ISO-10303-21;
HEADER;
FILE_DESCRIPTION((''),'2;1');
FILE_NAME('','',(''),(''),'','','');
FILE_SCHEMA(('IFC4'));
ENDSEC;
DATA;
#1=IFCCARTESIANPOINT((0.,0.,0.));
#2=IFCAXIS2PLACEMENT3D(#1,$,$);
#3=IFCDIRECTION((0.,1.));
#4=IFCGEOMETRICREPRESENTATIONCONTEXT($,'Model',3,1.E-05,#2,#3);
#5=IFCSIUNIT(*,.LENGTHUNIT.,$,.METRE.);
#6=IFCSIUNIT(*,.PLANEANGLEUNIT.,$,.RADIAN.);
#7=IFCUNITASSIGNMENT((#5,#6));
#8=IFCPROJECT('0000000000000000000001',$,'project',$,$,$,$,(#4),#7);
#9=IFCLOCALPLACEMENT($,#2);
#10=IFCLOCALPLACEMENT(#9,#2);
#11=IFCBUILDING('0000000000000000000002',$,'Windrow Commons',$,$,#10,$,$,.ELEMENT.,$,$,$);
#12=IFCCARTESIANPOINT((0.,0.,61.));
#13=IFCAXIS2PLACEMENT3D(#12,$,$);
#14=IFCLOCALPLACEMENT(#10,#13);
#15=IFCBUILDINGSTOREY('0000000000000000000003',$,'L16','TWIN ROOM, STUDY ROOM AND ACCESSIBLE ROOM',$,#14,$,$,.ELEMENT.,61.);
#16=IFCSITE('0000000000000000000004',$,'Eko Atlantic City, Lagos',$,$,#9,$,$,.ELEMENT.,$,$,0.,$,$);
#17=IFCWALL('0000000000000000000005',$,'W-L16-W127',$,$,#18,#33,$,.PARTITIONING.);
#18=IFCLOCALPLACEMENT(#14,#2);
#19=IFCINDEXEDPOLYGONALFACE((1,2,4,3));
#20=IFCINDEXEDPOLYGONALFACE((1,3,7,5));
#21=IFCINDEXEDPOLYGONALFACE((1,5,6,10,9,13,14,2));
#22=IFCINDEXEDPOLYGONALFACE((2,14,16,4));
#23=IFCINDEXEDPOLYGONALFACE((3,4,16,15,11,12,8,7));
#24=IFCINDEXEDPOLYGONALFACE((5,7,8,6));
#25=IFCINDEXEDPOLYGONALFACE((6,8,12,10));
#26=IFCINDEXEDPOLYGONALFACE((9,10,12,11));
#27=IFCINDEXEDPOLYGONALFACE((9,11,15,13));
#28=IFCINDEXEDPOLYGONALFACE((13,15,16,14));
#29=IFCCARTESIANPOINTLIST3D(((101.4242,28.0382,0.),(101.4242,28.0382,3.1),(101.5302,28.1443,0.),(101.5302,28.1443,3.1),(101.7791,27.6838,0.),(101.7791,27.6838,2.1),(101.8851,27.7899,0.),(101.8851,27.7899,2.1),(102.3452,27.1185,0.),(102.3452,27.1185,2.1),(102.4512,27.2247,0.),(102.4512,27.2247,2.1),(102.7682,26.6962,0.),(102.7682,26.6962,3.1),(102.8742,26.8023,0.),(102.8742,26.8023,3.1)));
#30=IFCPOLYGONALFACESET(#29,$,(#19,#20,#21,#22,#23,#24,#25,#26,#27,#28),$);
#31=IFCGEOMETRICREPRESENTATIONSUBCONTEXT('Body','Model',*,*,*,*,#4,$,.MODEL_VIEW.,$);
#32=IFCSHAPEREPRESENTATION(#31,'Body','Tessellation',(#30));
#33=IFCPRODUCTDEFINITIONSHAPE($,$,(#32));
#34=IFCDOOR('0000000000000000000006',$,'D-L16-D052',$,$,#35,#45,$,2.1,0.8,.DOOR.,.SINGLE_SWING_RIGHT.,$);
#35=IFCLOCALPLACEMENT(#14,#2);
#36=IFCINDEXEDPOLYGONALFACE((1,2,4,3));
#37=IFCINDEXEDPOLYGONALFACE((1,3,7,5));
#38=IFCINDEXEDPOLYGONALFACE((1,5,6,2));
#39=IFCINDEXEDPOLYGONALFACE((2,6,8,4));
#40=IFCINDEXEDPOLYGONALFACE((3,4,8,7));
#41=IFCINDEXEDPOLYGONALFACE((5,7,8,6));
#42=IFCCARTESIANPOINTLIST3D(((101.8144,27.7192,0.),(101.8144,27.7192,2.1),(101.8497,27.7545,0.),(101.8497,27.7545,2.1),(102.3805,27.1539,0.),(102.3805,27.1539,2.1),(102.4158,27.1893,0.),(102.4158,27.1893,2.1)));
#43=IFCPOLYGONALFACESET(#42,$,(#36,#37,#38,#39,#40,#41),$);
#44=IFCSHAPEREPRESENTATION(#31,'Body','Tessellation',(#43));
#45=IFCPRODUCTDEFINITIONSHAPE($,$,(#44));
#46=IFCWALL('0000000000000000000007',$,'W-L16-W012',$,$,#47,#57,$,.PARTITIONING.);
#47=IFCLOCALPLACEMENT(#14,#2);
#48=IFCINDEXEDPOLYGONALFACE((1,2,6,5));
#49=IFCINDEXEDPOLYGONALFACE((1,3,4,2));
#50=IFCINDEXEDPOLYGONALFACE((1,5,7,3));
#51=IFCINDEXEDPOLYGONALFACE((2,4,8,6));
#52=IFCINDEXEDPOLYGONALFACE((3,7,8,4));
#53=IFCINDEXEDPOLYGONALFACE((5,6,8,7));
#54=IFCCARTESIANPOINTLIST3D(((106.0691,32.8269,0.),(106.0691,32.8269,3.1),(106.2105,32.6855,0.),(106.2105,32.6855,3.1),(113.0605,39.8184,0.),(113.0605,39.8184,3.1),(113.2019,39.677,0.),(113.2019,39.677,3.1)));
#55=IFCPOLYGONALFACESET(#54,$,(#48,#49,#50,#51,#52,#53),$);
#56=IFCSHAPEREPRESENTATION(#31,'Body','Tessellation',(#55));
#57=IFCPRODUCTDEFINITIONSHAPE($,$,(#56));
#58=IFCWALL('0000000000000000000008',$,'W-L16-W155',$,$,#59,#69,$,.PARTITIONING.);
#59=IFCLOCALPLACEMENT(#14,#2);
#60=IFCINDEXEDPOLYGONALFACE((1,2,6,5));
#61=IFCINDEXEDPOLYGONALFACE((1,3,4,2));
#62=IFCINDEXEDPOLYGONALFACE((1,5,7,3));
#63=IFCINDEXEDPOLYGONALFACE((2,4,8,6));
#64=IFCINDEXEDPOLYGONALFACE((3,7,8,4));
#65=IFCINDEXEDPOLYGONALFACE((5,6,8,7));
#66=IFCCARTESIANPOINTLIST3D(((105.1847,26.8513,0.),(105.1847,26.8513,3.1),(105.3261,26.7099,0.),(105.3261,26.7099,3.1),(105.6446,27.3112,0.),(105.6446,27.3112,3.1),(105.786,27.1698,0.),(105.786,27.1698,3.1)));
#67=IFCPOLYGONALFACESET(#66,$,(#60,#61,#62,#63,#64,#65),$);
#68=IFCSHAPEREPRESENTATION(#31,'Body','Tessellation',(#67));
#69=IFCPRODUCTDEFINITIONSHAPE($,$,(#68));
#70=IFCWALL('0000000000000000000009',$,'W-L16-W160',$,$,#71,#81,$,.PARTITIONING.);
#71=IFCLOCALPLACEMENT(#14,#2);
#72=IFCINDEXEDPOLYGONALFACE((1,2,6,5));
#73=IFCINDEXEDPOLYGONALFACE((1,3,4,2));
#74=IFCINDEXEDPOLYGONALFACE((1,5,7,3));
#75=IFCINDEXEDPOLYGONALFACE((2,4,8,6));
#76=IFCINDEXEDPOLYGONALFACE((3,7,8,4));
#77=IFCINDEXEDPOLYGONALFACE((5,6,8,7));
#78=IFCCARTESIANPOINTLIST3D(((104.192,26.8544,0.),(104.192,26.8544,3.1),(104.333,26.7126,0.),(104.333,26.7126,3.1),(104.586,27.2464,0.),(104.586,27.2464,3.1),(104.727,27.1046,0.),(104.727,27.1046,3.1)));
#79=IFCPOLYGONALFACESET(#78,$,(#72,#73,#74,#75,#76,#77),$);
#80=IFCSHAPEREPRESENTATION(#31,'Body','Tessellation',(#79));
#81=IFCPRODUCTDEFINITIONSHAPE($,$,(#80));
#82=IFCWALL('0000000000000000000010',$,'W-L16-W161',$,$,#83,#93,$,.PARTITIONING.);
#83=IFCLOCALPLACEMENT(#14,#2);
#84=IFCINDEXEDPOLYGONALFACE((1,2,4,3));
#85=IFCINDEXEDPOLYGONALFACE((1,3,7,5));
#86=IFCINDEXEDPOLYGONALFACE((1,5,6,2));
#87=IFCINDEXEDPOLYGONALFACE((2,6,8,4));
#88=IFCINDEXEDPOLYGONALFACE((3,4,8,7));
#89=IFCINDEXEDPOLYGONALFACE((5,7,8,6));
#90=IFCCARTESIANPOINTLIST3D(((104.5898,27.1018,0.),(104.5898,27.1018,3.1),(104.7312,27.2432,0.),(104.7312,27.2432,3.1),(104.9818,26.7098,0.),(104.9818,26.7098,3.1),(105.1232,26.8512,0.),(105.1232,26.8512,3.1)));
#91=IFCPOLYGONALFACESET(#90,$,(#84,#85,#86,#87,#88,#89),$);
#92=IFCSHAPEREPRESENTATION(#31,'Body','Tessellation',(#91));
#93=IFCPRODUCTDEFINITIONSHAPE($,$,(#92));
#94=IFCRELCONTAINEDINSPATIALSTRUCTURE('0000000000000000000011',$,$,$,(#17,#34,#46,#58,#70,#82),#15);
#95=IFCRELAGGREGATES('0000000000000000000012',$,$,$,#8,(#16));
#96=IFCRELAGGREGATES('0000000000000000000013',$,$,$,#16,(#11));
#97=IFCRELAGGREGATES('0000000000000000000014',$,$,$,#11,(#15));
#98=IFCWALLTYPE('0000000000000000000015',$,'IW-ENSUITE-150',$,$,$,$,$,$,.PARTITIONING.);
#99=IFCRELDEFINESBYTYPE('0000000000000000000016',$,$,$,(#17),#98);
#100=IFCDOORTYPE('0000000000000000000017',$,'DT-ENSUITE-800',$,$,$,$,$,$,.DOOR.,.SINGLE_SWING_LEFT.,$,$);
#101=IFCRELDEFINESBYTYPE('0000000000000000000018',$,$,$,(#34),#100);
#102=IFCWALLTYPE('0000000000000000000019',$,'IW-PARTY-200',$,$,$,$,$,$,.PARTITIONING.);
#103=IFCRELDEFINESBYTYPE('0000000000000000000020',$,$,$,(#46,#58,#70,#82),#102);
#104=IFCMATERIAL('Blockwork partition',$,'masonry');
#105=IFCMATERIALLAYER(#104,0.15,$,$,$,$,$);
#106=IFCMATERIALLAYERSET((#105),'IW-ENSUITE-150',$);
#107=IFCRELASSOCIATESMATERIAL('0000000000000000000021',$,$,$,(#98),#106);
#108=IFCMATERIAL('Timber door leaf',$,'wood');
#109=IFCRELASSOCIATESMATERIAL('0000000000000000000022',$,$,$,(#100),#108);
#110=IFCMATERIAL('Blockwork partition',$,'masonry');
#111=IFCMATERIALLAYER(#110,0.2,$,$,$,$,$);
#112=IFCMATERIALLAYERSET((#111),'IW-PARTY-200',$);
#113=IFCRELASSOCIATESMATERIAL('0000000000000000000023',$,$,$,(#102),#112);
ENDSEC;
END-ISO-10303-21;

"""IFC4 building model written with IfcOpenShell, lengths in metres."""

from ifc_helpers import new_model, si_unit, direction, frame, frame_2d, origin, place, context, subcontext, project, spatial, rectangle, extrude, material, layer, layer_set, type_object, element, fill, save


model = new_model("IFC4")

# Units and contexts
model_context = context("Model", 3, precision=1e-05, world=origin(), true_north=direction((0.0, 1.0)))
body_context = subcontext(model_context, "Body", "Model", "MODEL_VIEW")
ifc_project = project(units=[si_unit("LENGTHUNIT", "METRE"), si_unit("PLANEANGLEUNIT", "RADIAN")], contexts=[model_context])

# Site, building, storey
site_placement = place(None, origin())
site = spatial("IfcSite", under=ifc_project, at=site_placement, Name="Eko Atlantic City, Lagos", CompositionType="ELEMENT", RefElevation=0.0)
building_placement = place(site_placement, origin())
building = spatial("IfcBuilding", under=site, at=building_placement, Name="Windrow Commons", CompositionType="ELEMENT")
storey_placement = place(building_placement, frame((0.0, 0.0, 61.0)))
storey = spatial("IfcBuildingStorey", under=building, at=storey_placement, Name="L16", Description="TWIN ROOM, STUDY ROOM AND ACCESSIBLE ROOM", CompositionType="ELEMENT", Elevation=61.0)

# Shared definitions
ifc_material_1 = material(Name="Blockwork partition", Category="masonry")
ifc_layer_1 = layer(ifc_material_1, 0.15)
ifc_layer_set_1 = layer_set([ifc_layer_1], Name="IW-ENSUITE-150")
wall_type_1 = type_object("IfcWallType", Name="IW-ENSUITE-150", PredefinedType="PARTITIONING", material=ifc_layer_set_1)
ifc_material_2 = material(Name="Timber door leaf", Category="wood")
door_type_1 = type_object("IfcDoorType", Name="DT-ENSUITE-800", OperationType="SINGLE_SWING_LEFT", PredefinedType="DOOR", material=ifc_material_2)

# Wall, opening, door
wall_1_placement = place(storey_placement, frame((101.4772, 28.0912, 0.0), z_axis=(0.0, 0.0, 1.0), x_axis=(0.707633, -0.70658, 0.0)))
wall_1 = element("IfcWall", 1, at=wall_1_placement, inside=storey, type_object=wall_type_1, Name="W-L16-W127", PredefinedType="PARTITIONING", context=body_context, shape_type="SweptSolid", body=[
    extrude(rectangle(XDim=1.8993, YDim=0.15, at=frame_2d((0.9496, 0.0))), origin(), (0.0, 0.0, 1.0), 3.1),
])
opening_1_placement = place(wall_1_placement, frame((0.5015, 0.0, 0.0)))
opening_1 = element("IfcOpeningElement", 2, at=opening_1_placement, cuts=wall_1, PredefinedType="OPENING", context=body_context, shape_type="SweptSolid", body=[
    extrude(rectangle(XDim=0.8, YDim=2.1, at=frame_2d((0.4, 1.05))), frame((0.0, 0.085, 0.0), z_axis=(0.0, -1.0, 0.0), x_axis=(1.0, 0.0, 0.0)), (0.0, 0.0, 1.0), 0.17),
])
door_1_placement = place(opening_1_placement, origin())
door_1 = element("IfcDoor", 3, at=door_1_placement, inside=storey, type_object=door_type_1, Name="D-L16-D052", OperationType="SINGLE_SWING_RIGHT", OverallHeight=2.1, OverallWidth=0.8, PredefinedType="DOOR", context=body_context, shape_type="SweptSolid", body=[
    extrude(rectangle(XDim=0.8, YDim=2.1, at=frame_2d((0.4, 1.05))), frame((0.0, 0.025, 0.0), z_axis=(0.0, -1.0, 0.0), x_axis=(1.0, 0.0, 0.0)), (0.0, 0.0, 1.0), 0.05),
])
fill(opening_1, door_1)

# Walls
ifc_material_3 = material(Name="Blockwork partition", Category="masonry")
ifc_layer_2 = layer(ifc_material_3, 0.2)
ifc_layer_set_2 = layer_set([ifc_layer_2], Name="IW-PARTY-200")
wall_type_2 = type_object("IfcWallType", Name="IW-PARTY-200", PredefinedType="PARTITIONING", material=ifc_layer_set_2)
wall_2_placement = place(storey_placement, frame((106.1398, 32.7562, 0.0), z_axis=(0.0, 0.0, 1.0), x_axis=(0.707102, 0.707112, 0.0)))
element("IfcWall", 4, at=wall_2_placement, inside=storey, type_object=wall_type_2, Name="W-L16-W012", PredefinedType="PARTITIONING", context=body_context, shape_type="SweptSolid", body=[
    extrude(rectangle(XDim=9.8875, YDim=0.2, at=frame_2d((4.9437, 0.0))), origin(), (0.0, 0.0, 1.0), 3.1),
])
wall_3_placement = place(storey_placement, frame((105.2554, 26.7806, 0.0), z_axis=(0.0, 0.0, 1.0), x_axis=(0.707107, 0.707107, 0.0)))
element("IfcWall", 5, at=wall_3_placement, inside=storey, type_object=wall_type_2, Name="W-L16-W155", PredefinedType="PARTITIONING", context=body_context, shape_type="SweptSolid", body=[
    extrude(rectangle(XDim=0.6505, YDim=0.2, at=frame_2d((0.3252, 0.0))), origin(), (0.0, 0.0, 1.0), 3.1),
])
wall_4_placement = place(storey_placement, frame((104.2625, 26.7835, 0.0), z_axis=(0.0, 0.0, 1.0), x_axis=(0.708904, 0.705305, 0.0)))
element("IfcWall", 6, at=wall_4_placement, inside=storey, type_object=wall_type_2, Name="W-L16-W160", PredefinedType="PARTITIONING", context=body_context, shape_type="SweptSolid", body=[
    extrude(rectangle(XDim=0.5558, YDim=0.2, at=frame_2d((0.2779, 0.0))), origin(), (0.0, 0.0, 1.0), 3.1),
])
wall_5_placement = place(storey_placement, frame((104.6605, 27.1725, 0.0), z_axis=(0.0, 0.0, 1.0), x_axis=(0.707107, -0.707107, 0.0)))
element("IfcWall", 7, at=wall_5_placement, inside=storey, type_object=wall_type_2, Name="W-L16-W161", PredefinedType="PARTITIONING", context=body_context, shape_type="SweptSolid", body=[
    extrude(rectangle(XDim=0.5544, YDim=0.2, at=frame_2d((0.2772, 0.0))), origin(), (0.0, 0.0, 1.0), 3.1),
])

save(model, "model.ifc")
